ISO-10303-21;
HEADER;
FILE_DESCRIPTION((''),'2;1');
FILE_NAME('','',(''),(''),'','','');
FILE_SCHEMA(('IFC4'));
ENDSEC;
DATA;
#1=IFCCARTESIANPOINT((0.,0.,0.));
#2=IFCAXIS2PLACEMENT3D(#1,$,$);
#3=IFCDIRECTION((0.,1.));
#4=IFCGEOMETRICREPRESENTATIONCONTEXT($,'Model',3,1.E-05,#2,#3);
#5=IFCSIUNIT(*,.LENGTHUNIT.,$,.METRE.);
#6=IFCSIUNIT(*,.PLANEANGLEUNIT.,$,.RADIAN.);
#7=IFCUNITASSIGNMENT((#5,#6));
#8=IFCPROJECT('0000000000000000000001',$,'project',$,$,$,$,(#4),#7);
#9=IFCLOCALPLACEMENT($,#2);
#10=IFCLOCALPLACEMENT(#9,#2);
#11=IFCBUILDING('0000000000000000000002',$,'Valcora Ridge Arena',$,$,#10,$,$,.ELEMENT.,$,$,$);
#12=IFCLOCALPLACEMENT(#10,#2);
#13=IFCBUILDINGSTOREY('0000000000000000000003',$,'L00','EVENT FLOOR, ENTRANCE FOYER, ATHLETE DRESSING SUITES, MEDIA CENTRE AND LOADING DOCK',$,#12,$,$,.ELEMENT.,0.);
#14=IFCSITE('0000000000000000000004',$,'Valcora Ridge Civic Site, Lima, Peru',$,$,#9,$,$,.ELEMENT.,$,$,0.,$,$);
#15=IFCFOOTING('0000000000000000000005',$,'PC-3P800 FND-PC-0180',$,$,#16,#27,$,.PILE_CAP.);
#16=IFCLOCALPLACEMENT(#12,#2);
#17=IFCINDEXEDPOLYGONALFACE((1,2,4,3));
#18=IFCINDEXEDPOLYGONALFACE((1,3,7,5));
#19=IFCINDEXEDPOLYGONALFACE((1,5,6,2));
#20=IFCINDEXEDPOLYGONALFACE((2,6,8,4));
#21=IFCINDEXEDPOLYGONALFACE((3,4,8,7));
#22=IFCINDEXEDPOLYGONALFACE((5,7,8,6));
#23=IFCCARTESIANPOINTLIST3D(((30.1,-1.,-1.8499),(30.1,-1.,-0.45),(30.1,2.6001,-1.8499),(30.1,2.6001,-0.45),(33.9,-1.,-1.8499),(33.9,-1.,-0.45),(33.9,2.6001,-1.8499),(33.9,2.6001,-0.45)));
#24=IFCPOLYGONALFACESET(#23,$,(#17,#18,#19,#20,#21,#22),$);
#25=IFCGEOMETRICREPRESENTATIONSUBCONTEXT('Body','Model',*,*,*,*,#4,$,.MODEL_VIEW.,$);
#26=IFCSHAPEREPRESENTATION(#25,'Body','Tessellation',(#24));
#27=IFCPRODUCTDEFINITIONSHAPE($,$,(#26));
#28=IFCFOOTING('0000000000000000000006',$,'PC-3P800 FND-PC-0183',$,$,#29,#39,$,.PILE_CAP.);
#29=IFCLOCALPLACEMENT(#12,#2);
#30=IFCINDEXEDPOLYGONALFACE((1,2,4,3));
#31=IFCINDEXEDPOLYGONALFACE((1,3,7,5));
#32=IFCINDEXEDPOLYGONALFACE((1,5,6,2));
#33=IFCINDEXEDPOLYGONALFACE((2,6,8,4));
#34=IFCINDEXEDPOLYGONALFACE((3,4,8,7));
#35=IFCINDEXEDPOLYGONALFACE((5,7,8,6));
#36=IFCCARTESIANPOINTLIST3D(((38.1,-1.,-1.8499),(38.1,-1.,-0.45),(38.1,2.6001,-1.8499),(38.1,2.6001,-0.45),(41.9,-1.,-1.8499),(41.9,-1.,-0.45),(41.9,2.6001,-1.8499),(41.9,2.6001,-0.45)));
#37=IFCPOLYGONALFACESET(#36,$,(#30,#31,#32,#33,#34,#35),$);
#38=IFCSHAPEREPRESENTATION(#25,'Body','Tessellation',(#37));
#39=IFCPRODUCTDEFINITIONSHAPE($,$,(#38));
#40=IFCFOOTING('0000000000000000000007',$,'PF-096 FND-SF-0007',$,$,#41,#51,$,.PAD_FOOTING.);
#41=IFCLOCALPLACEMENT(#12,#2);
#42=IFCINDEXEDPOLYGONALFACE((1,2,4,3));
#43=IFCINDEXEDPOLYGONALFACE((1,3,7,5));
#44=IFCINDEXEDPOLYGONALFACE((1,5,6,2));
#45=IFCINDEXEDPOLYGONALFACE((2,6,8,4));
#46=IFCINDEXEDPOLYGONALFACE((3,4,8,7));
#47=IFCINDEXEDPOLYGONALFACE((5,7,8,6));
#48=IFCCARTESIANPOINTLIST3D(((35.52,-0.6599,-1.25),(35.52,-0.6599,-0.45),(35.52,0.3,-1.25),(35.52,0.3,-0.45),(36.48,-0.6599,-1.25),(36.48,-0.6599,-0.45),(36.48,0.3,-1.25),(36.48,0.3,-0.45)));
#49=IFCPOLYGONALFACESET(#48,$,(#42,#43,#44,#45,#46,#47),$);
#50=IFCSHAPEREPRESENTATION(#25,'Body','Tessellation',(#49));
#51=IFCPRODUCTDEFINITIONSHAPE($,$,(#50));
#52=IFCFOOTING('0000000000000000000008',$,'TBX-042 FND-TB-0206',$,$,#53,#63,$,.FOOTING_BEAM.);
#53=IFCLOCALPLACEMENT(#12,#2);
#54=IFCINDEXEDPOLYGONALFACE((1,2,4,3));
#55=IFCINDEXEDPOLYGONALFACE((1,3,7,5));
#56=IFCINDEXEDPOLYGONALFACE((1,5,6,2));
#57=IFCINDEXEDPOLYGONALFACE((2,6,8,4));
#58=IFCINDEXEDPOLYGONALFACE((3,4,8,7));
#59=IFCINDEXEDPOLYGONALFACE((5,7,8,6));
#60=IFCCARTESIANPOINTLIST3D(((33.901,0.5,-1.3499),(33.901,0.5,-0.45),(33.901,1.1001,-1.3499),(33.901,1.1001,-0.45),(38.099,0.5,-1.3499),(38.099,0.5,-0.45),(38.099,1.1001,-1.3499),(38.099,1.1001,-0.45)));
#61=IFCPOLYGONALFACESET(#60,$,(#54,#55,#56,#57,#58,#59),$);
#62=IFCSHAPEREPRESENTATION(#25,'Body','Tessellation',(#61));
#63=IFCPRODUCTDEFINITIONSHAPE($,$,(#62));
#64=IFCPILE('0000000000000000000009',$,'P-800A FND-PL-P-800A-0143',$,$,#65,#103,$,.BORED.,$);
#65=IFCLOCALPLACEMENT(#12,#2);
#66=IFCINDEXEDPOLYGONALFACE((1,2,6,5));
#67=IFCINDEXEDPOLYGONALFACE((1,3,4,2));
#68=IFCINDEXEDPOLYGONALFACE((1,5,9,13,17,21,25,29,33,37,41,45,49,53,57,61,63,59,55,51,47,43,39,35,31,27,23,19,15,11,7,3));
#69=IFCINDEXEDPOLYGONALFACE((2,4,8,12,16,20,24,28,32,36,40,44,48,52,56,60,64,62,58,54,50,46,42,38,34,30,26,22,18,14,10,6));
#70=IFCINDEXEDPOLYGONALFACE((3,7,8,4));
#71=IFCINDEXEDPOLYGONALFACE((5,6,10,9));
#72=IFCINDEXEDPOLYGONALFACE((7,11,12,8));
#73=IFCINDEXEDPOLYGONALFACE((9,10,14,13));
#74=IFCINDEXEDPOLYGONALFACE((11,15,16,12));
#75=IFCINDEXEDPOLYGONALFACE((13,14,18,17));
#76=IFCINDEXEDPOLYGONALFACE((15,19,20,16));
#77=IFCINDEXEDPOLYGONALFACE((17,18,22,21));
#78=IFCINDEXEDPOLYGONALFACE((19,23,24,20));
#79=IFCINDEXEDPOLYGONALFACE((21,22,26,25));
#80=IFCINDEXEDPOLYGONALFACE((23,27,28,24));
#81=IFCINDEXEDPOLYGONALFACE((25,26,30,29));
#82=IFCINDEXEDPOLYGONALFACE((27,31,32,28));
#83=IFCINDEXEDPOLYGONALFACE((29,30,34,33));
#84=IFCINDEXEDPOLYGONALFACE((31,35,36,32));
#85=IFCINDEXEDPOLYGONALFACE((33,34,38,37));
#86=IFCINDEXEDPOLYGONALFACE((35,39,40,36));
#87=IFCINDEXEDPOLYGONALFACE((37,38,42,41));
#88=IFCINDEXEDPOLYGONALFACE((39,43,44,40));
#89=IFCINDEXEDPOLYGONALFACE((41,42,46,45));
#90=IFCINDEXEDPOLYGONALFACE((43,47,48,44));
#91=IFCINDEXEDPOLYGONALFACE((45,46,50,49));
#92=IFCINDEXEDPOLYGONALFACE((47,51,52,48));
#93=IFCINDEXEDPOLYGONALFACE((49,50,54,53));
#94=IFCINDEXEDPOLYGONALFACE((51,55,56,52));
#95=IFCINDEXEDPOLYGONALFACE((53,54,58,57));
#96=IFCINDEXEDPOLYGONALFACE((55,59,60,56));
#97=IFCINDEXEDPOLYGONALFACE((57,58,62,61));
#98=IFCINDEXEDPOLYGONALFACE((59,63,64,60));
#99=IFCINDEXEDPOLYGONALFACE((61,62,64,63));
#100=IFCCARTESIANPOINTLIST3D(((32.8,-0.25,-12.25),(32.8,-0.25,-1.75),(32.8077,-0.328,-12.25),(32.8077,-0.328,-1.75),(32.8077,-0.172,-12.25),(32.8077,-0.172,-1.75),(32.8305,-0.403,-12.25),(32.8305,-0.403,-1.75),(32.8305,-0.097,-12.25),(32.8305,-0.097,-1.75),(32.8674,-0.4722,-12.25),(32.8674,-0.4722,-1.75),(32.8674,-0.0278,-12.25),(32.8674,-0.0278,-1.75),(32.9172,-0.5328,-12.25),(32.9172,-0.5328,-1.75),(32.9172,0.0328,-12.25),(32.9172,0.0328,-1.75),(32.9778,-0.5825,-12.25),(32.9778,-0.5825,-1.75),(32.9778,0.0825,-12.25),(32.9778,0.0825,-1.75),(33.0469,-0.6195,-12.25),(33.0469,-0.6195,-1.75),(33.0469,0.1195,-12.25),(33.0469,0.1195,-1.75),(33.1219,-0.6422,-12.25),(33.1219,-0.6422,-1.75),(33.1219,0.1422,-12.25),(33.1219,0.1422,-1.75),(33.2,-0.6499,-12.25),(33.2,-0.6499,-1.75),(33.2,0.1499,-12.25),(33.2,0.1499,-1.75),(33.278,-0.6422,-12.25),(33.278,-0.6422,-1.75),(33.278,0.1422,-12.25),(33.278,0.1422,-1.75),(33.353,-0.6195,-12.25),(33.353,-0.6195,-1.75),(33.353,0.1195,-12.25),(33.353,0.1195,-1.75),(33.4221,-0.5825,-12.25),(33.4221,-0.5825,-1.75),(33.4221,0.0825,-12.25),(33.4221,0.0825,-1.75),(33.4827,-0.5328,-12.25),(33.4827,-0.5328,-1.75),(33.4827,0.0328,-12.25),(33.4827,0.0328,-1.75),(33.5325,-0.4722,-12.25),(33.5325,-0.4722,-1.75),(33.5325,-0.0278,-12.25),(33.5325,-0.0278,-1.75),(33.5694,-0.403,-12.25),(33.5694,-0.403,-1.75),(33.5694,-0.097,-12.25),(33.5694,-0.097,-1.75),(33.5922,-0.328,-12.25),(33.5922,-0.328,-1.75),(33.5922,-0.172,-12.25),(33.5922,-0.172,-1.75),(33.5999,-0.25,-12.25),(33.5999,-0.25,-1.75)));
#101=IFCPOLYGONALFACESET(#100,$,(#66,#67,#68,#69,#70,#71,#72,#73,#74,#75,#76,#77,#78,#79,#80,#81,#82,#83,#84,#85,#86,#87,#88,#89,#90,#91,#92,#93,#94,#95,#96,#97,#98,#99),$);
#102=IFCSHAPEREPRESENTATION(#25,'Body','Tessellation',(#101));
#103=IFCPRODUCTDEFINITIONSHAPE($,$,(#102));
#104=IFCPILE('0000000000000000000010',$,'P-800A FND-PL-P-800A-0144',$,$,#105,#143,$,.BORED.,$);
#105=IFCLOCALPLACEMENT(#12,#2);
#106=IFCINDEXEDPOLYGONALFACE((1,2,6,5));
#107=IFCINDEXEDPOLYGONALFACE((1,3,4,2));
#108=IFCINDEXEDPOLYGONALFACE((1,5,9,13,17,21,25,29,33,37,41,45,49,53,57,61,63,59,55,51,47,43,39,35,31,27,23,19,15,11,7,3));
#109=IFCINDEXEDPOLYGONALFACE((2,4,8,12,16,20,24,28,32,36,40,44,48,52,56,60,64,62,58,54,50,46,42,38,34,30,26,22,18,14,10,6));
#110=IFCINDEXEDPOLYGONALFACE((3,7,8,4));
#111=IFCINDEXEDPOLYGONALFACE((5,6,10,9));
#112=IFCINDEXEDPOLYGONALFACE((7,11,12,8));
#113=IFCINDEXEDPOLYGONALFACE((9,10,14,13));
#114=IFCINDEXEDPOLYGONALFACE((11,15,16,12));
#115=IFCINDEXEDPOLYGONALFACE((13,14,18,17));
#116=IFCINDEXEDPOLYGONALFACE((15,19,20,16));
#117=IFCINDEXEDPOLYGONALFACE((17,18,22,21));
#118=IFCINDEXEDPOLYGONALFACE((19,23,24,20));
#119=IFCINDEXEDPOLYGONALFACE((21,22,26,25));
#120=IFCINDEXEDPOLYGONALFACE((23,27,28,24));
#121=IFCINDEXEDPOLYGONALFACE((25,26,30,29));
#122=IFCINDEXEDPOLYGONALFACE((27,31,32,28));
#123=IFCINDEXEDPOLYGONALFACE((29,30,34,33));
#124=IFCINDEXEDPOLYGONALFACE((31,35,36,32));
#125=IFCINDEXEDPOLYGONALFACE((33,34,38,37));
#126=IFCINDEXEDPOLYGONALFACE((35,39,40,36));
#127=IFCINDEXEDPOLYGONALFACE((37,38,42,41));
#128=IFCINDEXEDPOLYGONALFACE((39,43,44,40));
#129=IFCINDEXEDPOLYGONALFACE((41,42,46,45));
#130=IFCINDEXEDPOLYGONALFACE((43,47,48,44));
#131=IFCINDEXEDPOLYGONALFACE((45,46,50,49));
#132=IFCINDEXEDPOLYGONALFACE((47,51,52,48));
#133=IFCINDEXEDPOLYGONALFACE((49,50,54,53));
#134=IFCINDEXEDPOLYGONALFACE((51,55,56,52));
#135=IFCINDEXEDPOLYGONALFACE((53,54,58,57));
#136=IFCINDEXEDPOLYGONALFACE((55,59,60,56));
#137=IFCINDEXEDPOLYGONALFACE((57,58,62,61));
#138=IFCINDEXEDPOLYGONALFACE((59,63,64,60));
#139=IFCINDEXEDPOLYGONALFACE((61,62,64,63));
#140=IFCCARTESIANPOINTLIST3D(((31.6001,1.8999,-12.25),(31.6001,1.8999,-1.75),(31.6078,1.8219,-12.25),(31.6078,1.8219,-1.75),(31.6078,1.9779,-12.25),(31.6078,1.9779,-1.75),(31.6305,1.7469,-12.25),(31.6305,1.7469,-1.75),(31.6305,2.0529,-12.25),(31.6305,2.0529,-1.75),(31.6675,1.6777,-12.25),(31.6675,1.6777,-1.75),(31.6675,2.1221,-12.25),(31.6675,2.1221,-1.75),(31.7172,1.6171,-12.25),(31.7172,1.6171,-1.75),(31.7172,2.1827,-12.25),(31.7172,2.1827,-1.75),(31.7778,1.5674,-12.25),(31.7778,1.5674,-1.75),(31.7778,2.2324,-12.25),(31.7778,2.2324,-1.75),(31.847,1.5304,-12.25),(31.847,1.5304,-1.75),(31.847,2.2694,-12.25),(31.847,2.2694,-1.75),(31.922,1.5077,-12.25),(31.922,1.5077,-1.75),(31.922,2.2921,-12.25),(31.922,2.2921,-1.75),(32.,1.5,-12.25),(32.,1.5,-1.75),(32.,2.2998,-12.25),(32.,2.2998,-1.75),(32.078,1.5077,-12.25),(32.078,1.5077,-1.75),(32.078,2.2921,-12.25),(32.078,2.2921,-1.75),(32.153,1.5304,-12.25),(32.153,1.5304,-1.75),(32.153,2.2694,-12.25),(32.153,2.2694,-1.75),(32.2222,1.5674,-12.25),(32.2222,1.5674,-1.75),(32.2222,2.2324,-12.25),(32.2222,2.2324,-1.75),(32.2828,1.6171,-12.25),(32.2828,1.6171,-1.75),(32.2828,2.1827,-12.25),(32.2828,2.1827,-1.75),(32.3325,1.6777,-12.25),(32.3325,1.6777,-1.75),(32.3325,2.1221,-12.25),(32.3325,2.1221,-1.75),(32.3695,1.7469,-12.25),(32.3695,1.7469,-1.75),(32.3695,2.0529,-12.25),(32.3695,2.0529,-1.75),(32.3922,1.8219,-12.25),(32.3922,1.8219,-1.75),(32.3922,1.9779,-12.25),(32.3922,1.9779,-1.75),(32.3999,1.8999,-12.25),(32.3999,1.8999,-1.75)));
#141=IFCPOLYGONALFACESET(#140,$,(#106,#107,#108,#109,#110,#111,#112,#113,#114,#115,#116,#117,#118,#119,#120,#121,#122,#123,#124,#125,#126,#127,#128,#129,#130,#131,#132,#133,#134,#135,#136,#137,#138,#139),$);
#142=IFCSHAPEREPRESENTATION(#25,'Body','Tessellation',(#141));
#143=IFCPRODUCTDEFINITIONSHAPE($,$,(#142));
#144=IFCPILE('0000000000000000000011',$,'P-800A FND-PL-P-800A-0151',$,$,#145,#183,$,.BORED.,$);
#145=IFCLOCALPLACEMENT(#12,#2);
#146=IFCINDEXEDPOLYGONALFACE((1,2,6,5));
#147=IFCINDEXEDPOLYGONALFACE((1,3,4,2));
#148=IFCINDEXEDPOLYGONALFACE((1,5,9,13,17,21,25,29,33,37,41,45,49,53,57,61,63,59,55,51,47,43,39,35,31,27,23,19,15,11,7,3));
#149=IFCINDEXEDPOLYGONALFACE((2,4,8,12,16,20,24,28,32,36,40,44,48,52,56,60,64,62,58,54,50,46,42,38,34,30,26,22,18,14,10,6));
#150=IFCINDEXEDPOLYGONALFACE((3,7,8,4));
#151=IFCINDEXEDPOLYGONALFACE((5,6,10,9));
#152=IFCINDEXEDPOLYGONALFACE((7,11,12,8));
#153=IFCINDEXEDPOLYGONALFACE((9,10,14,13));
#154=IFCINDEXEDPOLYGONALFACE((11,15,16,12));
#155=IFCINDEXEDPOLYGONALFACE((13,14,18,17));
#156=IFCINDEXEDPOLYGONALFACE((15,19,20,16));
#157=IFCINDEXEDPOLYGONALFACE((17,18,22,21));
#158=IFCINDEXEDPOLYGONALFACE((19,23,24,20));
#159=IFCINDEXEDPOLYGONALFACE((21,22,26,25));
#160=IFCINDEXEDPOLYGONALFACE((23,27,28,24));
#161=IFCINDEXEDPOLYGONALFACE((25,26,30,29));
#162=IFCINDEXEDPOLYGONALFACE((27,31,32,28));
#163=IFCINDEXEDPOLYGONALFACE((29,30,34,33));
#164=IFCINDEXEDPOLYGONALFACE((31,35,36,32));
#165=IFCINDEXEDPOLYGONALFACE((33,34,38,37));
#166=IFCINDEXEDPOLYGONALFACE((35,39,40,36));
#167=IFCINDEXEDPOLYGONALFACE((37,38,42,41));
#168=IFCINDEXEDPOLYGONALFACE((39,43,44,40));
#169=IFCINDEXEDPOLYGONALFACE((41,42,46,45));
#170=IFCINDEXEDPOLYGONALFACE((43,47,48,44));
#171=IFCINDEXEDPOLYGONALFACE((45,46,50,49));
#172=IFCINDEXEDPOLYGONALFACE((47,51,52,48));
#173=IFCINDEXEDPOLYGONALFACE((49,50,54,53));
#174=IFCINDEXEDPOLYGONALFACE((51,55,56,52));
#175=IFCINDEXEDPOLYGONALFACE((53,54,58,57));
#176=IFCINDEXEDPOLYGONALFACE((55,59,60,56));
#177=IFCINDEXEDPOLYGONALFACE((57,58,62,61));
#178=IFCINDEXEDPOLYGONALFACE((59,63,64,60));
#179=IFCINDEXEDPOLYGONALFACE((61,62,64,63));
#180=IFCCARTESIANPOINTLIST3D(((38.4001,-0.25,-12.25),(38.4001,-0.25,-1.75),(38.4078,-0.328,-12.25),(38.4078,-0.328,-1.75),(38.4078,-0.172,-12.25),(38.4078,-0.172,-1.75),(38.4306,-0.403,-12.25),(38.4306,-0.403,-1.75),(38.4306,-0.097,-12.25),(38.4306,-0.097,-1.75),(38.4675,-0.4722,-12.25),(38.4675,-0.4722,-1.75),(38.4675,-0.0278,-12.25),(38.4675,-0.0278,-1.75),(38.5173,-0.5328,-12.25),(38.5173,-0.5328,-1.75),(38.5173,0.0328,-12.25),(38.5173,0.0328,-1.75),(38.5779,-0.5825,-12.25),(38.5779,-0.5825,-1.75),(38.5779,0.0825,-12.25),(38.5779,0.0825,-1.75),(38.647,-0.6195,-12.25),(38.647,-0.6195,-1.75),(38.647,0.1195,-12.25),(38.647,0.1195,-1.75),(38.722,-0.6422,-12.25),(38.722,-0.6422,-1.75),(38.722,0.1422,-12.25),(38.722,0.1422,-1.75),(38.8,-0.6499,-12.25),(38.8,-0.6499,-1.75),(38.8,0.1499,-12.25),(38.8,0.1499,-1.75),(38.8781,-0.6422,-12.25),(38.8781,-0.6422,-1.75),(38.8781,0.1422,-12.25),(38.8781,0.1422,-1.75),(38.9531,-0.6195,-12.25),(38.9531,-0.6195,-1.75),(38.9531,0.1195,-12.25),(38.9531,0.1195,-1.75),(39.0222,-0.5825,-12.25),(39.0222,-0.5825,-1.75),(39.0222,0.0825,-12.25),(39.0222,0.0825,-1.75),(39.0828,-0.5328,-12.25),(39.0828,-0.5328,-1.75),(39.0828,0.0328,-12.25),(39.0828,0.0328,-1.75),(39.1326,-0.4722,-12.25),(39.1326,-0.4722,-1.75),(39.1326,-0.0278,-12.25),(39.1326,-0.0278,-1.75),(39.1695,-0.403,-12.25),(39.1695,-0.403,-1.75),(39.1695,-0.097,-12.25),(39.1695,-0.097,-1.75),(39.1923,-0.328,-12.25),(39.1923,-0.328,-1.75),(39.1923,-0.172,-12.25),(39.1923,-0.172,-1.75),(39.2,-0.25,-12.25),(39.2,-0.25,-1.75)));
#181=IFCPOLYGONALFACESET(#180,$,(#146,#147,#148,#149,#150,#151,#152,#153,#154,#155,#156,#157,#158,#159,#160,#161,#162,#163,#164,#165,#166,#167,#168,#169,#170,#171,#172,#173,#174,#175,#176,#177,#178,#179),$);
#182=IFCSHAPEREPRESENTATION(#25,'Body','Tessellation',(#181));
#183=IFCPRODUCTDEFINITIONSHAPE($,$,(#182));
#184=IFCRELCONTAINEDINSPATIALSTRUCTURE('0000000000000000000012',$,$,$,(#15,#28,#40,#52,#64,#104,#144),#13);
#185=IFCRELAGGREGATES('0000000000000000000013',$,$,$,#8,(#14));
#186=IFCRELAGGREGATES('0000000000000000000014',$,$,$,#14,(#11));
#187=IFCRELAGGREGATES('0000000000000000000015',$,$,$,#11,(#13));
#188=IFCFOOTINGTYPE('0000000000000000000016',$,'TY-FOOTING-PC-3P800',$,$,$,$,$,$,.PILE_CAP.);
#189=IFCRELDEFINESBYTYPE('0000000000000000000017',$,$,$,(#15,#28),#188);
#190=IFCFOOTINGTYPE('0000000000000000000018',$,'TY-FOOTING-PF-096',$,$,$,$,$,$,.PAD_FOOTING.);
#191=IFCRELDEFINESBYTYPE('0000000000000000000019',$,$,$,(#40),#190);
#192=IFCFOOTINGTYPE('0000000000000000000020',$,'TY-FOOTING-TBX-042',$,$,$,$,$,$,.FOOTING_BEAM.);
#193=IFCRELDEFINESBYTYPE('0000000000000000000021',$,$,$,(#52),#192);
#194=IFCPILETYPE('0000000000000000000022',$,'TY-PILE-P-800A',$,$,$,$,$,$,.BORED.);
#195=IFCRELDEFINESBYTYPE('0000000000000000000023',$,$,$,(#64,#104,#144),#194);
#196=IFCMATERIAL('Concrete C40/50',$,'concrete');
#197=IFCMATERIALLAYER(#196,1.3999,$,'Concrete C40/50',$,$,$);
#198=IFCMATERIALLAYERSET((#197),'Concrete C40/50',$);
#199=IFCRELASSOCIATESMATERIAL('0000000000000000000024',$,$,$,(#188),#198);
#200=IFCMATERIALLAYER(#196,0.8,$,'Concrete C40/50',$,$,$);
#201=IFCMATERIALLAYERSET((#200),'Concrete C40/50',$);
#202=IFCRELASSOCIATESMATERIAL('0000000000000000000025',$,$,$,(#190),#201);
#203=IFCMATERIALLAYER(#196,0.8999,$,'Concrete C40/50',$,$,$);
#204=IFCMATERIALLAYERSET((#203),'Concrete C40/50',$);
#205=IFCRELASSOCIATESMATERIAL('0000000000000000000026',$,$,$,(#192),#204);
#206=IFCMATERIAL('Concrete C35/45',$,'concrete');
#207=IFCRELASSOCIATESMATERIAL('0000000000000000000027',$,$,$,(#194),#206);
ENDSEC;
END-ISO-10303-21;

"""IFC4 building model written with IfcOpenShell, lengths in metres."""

from ifc_helpers import new_model, si_unit, direction, frame, origin, origin_2d, place, context, subcontext, project, spatial, rectangle, circle, extrude, material, layer, layer_set, material_profile, profile_set, type_object, element, save


model = new_model("IFC4")

# Units and contexts
model_context = context("Model", 3, precision=1e-05, world=origin(), true_north=direction((0.0, 1.0)))
body_context = subcontext(model_context, "Body", "Model", "MODEL_VIEW")
ifc_project = project(units=[si_unit("LENGTHUNIT", "METRE"), si_unit("PLANEANGLEUNIT", "RADIAN")], contexts=[model_context])

# Site, building, storey
site_placement = place(None, origin())
site = spatial("IfcSite", under=ifc_project, at=site_placement, Name="Valcora Ridge Civic Site, Lima, Peru", CompositionType="ELEMENT", RefElevation=0.0)
building_placement = place(site_placement, origin())
building = spatial("IfcBuilding", under=site, at=building_placement, Name="Valcora Ridge Arena", CompositionType="ELEMENT")
storey_placement = place(building_placement, origin())
storey = spatial("IfcBuildingStorey", under=building, at=storey_placement, Name="L00", Description="EVENT FLOOR, ENTRANCE FOYER, ATHLETE DRESSING SUITES, MEDIA CENTRE AND LOADING DOCK", CompositionType="ELEMENT", Elevation=0.0)

# Footings
ifc_material_1 = material(Name="Concrete C40/50", Category="concrete")
ifc_layer_1 = layer(ifc_material_1, 1.3999, Name="Concrete C40/50")
ifc_layer_set_1 = layer_set([ifc_layer_1], Name="Concrete C40/50")
footing_type_1 = type_object("IfcFootingType", Name="TY-FOOTING-PC-3P800", PredefinedType="PILE_CAP", material=ifc_layer_set_1)
for number, where, z_axis, x_axis, name in (
    (1, (32.0, 0.8, -1.8499), (0.0, 0.0, 1.0), (1.0, 0.0, 0.0), "PC-3P800 FND-PC-0180"),
    (2, (40.0, 0.8, -1.8499), (0.0, 0.0, 1.0), (1.0, 0.0, 0.0), "PC-3P800 FND-PC-0183"),
):
    element("IfcFooting", number, at=place(storey_placement, frame(where, z_axis=z_axis, x_axis=x_axis)), inside=storey, type_object=footing_type_1, Name=name, PredefinedType="PILE_CAP", context=body_context, shape_type="SweptSolid", body=[
        extrude(rectangle(XDim=3.8, YDim=3.6001, at=origin_2d()), origin(), (0.0, 0.0, 1.0), 1.3999),
    ])
ifc_layer_2 = layer(ifc_material_1, 0.8, Name="Concrete C40/50")
ifc_layer_set_2 = layer_set([ifc_layer_2], Name="Concrete C40/50")
footing_type_2 = type_object("IfcFootingType", Name="TY-FOOTING-PF-096", PredefinedType="PAD_FOOTING", material=ifc_layer_set_2)
footing_1_placement = place(storey_placement, frame((36.0, -0.1799, -1.25), z_axis=(0.0, 0.0, 1.0), x_axis=(1.0, 0.0, 0.0)))
element("IfcFooting", 3, at=footing_1_placement, inside=storey, type_object=footing_type_2, Name="PF-096 FND-SF-0007", PredefinedType="PAD_FOOTING", context=body_context, shape_type="SweptSolid", body=[
    extrude(rectangle(XDim=0.96, YDim=0.96, at=origin_2d()), origin(), (0.0, 0.0, 1.0), 0.8),
])
ifc_layer_3 = layer(ifc_material_1, 0.8999, Name="Concrete C40/50")
ifc_layer_set_3 = layer_set([ifc_layer_3], Name="Concrete C40/50")
footing_type_3 = type_object("IfcFootingType", Name="TY-FOOTING-TBX-042", PredefinedType="FOOTING_BEAM", material=ifc_layer_set_3)
footing_2_placement = place(storey_placement, frame((36.0, 0.8, -1.3499), z_axis=(0.0, 0.0, 1.0), x_axis=(1.0, 0.0, 0.0)))
element("IfcFooting", 4, at=footing_2_placement, inside=storey, type_object=footing_type_3, Name="TBX-042 FND-TB-0206", PredefinedType="FOOTING_BEAM", context=body_context, shape_type="SweptSolid", body=[
    extrude(rectangle(XDim=4.198, YDim=0.6001, at=origin_2d()), origin(), (0.0, 0.0, 1.0), 0.8999),
])

# Piles
ifc_material_2 = material(Name="Concrete C35/45", Category="concrete")
ifc_material_profile_1 = material_profile(ifc_material_2, circle(Radius=0.3999, at=origin_2d()), Name="BORED PILE D800")
ifc_profile_set_1 = profile_set([ifc_material_profile_1], Name="Concrete C35/45")
pile_type = type_object("IfcPileType", Name="TY-PILE-P-800A", PredefinedType="BORED", material=ifc_profile_set_1)
for number, where, z_axis, x_axis, name in (
    (5, (33.2, -0.25, -1.75), (0.0, 0.0, -1.0), (1.0, 0.0, 0.0), "P-800A FND-PL-P-800A-0143"),
    (6, (32.0, 1.8999, -1.75), (0.0, 0.0, -1.0), (1.0, 0.0, 0.0), "P-800A FND-PL-P-800A-0144"),
    (7, (38.8, -0.25, -1.75), (0.0, 0.0, -1.0), (1.0, 0.0, 0.0), "P-800A FND-PL-P-800A-0151"),
):
    element("IfcPile", number, at=place(storey_placement, frame(where, z_axis=z_axis, x_axis=x_axis)), inside=storey, type_object=pile_type, Name=name, PredefinedType="BORED", context=body_context, shape_type="SweptSolid", body=[
        extrude(circle(Radius=0.3999, at=origin_2d()), origin(), (0.0, 0.0, 1.0), 10.5),
    ])

save(model, "model.ifc")
